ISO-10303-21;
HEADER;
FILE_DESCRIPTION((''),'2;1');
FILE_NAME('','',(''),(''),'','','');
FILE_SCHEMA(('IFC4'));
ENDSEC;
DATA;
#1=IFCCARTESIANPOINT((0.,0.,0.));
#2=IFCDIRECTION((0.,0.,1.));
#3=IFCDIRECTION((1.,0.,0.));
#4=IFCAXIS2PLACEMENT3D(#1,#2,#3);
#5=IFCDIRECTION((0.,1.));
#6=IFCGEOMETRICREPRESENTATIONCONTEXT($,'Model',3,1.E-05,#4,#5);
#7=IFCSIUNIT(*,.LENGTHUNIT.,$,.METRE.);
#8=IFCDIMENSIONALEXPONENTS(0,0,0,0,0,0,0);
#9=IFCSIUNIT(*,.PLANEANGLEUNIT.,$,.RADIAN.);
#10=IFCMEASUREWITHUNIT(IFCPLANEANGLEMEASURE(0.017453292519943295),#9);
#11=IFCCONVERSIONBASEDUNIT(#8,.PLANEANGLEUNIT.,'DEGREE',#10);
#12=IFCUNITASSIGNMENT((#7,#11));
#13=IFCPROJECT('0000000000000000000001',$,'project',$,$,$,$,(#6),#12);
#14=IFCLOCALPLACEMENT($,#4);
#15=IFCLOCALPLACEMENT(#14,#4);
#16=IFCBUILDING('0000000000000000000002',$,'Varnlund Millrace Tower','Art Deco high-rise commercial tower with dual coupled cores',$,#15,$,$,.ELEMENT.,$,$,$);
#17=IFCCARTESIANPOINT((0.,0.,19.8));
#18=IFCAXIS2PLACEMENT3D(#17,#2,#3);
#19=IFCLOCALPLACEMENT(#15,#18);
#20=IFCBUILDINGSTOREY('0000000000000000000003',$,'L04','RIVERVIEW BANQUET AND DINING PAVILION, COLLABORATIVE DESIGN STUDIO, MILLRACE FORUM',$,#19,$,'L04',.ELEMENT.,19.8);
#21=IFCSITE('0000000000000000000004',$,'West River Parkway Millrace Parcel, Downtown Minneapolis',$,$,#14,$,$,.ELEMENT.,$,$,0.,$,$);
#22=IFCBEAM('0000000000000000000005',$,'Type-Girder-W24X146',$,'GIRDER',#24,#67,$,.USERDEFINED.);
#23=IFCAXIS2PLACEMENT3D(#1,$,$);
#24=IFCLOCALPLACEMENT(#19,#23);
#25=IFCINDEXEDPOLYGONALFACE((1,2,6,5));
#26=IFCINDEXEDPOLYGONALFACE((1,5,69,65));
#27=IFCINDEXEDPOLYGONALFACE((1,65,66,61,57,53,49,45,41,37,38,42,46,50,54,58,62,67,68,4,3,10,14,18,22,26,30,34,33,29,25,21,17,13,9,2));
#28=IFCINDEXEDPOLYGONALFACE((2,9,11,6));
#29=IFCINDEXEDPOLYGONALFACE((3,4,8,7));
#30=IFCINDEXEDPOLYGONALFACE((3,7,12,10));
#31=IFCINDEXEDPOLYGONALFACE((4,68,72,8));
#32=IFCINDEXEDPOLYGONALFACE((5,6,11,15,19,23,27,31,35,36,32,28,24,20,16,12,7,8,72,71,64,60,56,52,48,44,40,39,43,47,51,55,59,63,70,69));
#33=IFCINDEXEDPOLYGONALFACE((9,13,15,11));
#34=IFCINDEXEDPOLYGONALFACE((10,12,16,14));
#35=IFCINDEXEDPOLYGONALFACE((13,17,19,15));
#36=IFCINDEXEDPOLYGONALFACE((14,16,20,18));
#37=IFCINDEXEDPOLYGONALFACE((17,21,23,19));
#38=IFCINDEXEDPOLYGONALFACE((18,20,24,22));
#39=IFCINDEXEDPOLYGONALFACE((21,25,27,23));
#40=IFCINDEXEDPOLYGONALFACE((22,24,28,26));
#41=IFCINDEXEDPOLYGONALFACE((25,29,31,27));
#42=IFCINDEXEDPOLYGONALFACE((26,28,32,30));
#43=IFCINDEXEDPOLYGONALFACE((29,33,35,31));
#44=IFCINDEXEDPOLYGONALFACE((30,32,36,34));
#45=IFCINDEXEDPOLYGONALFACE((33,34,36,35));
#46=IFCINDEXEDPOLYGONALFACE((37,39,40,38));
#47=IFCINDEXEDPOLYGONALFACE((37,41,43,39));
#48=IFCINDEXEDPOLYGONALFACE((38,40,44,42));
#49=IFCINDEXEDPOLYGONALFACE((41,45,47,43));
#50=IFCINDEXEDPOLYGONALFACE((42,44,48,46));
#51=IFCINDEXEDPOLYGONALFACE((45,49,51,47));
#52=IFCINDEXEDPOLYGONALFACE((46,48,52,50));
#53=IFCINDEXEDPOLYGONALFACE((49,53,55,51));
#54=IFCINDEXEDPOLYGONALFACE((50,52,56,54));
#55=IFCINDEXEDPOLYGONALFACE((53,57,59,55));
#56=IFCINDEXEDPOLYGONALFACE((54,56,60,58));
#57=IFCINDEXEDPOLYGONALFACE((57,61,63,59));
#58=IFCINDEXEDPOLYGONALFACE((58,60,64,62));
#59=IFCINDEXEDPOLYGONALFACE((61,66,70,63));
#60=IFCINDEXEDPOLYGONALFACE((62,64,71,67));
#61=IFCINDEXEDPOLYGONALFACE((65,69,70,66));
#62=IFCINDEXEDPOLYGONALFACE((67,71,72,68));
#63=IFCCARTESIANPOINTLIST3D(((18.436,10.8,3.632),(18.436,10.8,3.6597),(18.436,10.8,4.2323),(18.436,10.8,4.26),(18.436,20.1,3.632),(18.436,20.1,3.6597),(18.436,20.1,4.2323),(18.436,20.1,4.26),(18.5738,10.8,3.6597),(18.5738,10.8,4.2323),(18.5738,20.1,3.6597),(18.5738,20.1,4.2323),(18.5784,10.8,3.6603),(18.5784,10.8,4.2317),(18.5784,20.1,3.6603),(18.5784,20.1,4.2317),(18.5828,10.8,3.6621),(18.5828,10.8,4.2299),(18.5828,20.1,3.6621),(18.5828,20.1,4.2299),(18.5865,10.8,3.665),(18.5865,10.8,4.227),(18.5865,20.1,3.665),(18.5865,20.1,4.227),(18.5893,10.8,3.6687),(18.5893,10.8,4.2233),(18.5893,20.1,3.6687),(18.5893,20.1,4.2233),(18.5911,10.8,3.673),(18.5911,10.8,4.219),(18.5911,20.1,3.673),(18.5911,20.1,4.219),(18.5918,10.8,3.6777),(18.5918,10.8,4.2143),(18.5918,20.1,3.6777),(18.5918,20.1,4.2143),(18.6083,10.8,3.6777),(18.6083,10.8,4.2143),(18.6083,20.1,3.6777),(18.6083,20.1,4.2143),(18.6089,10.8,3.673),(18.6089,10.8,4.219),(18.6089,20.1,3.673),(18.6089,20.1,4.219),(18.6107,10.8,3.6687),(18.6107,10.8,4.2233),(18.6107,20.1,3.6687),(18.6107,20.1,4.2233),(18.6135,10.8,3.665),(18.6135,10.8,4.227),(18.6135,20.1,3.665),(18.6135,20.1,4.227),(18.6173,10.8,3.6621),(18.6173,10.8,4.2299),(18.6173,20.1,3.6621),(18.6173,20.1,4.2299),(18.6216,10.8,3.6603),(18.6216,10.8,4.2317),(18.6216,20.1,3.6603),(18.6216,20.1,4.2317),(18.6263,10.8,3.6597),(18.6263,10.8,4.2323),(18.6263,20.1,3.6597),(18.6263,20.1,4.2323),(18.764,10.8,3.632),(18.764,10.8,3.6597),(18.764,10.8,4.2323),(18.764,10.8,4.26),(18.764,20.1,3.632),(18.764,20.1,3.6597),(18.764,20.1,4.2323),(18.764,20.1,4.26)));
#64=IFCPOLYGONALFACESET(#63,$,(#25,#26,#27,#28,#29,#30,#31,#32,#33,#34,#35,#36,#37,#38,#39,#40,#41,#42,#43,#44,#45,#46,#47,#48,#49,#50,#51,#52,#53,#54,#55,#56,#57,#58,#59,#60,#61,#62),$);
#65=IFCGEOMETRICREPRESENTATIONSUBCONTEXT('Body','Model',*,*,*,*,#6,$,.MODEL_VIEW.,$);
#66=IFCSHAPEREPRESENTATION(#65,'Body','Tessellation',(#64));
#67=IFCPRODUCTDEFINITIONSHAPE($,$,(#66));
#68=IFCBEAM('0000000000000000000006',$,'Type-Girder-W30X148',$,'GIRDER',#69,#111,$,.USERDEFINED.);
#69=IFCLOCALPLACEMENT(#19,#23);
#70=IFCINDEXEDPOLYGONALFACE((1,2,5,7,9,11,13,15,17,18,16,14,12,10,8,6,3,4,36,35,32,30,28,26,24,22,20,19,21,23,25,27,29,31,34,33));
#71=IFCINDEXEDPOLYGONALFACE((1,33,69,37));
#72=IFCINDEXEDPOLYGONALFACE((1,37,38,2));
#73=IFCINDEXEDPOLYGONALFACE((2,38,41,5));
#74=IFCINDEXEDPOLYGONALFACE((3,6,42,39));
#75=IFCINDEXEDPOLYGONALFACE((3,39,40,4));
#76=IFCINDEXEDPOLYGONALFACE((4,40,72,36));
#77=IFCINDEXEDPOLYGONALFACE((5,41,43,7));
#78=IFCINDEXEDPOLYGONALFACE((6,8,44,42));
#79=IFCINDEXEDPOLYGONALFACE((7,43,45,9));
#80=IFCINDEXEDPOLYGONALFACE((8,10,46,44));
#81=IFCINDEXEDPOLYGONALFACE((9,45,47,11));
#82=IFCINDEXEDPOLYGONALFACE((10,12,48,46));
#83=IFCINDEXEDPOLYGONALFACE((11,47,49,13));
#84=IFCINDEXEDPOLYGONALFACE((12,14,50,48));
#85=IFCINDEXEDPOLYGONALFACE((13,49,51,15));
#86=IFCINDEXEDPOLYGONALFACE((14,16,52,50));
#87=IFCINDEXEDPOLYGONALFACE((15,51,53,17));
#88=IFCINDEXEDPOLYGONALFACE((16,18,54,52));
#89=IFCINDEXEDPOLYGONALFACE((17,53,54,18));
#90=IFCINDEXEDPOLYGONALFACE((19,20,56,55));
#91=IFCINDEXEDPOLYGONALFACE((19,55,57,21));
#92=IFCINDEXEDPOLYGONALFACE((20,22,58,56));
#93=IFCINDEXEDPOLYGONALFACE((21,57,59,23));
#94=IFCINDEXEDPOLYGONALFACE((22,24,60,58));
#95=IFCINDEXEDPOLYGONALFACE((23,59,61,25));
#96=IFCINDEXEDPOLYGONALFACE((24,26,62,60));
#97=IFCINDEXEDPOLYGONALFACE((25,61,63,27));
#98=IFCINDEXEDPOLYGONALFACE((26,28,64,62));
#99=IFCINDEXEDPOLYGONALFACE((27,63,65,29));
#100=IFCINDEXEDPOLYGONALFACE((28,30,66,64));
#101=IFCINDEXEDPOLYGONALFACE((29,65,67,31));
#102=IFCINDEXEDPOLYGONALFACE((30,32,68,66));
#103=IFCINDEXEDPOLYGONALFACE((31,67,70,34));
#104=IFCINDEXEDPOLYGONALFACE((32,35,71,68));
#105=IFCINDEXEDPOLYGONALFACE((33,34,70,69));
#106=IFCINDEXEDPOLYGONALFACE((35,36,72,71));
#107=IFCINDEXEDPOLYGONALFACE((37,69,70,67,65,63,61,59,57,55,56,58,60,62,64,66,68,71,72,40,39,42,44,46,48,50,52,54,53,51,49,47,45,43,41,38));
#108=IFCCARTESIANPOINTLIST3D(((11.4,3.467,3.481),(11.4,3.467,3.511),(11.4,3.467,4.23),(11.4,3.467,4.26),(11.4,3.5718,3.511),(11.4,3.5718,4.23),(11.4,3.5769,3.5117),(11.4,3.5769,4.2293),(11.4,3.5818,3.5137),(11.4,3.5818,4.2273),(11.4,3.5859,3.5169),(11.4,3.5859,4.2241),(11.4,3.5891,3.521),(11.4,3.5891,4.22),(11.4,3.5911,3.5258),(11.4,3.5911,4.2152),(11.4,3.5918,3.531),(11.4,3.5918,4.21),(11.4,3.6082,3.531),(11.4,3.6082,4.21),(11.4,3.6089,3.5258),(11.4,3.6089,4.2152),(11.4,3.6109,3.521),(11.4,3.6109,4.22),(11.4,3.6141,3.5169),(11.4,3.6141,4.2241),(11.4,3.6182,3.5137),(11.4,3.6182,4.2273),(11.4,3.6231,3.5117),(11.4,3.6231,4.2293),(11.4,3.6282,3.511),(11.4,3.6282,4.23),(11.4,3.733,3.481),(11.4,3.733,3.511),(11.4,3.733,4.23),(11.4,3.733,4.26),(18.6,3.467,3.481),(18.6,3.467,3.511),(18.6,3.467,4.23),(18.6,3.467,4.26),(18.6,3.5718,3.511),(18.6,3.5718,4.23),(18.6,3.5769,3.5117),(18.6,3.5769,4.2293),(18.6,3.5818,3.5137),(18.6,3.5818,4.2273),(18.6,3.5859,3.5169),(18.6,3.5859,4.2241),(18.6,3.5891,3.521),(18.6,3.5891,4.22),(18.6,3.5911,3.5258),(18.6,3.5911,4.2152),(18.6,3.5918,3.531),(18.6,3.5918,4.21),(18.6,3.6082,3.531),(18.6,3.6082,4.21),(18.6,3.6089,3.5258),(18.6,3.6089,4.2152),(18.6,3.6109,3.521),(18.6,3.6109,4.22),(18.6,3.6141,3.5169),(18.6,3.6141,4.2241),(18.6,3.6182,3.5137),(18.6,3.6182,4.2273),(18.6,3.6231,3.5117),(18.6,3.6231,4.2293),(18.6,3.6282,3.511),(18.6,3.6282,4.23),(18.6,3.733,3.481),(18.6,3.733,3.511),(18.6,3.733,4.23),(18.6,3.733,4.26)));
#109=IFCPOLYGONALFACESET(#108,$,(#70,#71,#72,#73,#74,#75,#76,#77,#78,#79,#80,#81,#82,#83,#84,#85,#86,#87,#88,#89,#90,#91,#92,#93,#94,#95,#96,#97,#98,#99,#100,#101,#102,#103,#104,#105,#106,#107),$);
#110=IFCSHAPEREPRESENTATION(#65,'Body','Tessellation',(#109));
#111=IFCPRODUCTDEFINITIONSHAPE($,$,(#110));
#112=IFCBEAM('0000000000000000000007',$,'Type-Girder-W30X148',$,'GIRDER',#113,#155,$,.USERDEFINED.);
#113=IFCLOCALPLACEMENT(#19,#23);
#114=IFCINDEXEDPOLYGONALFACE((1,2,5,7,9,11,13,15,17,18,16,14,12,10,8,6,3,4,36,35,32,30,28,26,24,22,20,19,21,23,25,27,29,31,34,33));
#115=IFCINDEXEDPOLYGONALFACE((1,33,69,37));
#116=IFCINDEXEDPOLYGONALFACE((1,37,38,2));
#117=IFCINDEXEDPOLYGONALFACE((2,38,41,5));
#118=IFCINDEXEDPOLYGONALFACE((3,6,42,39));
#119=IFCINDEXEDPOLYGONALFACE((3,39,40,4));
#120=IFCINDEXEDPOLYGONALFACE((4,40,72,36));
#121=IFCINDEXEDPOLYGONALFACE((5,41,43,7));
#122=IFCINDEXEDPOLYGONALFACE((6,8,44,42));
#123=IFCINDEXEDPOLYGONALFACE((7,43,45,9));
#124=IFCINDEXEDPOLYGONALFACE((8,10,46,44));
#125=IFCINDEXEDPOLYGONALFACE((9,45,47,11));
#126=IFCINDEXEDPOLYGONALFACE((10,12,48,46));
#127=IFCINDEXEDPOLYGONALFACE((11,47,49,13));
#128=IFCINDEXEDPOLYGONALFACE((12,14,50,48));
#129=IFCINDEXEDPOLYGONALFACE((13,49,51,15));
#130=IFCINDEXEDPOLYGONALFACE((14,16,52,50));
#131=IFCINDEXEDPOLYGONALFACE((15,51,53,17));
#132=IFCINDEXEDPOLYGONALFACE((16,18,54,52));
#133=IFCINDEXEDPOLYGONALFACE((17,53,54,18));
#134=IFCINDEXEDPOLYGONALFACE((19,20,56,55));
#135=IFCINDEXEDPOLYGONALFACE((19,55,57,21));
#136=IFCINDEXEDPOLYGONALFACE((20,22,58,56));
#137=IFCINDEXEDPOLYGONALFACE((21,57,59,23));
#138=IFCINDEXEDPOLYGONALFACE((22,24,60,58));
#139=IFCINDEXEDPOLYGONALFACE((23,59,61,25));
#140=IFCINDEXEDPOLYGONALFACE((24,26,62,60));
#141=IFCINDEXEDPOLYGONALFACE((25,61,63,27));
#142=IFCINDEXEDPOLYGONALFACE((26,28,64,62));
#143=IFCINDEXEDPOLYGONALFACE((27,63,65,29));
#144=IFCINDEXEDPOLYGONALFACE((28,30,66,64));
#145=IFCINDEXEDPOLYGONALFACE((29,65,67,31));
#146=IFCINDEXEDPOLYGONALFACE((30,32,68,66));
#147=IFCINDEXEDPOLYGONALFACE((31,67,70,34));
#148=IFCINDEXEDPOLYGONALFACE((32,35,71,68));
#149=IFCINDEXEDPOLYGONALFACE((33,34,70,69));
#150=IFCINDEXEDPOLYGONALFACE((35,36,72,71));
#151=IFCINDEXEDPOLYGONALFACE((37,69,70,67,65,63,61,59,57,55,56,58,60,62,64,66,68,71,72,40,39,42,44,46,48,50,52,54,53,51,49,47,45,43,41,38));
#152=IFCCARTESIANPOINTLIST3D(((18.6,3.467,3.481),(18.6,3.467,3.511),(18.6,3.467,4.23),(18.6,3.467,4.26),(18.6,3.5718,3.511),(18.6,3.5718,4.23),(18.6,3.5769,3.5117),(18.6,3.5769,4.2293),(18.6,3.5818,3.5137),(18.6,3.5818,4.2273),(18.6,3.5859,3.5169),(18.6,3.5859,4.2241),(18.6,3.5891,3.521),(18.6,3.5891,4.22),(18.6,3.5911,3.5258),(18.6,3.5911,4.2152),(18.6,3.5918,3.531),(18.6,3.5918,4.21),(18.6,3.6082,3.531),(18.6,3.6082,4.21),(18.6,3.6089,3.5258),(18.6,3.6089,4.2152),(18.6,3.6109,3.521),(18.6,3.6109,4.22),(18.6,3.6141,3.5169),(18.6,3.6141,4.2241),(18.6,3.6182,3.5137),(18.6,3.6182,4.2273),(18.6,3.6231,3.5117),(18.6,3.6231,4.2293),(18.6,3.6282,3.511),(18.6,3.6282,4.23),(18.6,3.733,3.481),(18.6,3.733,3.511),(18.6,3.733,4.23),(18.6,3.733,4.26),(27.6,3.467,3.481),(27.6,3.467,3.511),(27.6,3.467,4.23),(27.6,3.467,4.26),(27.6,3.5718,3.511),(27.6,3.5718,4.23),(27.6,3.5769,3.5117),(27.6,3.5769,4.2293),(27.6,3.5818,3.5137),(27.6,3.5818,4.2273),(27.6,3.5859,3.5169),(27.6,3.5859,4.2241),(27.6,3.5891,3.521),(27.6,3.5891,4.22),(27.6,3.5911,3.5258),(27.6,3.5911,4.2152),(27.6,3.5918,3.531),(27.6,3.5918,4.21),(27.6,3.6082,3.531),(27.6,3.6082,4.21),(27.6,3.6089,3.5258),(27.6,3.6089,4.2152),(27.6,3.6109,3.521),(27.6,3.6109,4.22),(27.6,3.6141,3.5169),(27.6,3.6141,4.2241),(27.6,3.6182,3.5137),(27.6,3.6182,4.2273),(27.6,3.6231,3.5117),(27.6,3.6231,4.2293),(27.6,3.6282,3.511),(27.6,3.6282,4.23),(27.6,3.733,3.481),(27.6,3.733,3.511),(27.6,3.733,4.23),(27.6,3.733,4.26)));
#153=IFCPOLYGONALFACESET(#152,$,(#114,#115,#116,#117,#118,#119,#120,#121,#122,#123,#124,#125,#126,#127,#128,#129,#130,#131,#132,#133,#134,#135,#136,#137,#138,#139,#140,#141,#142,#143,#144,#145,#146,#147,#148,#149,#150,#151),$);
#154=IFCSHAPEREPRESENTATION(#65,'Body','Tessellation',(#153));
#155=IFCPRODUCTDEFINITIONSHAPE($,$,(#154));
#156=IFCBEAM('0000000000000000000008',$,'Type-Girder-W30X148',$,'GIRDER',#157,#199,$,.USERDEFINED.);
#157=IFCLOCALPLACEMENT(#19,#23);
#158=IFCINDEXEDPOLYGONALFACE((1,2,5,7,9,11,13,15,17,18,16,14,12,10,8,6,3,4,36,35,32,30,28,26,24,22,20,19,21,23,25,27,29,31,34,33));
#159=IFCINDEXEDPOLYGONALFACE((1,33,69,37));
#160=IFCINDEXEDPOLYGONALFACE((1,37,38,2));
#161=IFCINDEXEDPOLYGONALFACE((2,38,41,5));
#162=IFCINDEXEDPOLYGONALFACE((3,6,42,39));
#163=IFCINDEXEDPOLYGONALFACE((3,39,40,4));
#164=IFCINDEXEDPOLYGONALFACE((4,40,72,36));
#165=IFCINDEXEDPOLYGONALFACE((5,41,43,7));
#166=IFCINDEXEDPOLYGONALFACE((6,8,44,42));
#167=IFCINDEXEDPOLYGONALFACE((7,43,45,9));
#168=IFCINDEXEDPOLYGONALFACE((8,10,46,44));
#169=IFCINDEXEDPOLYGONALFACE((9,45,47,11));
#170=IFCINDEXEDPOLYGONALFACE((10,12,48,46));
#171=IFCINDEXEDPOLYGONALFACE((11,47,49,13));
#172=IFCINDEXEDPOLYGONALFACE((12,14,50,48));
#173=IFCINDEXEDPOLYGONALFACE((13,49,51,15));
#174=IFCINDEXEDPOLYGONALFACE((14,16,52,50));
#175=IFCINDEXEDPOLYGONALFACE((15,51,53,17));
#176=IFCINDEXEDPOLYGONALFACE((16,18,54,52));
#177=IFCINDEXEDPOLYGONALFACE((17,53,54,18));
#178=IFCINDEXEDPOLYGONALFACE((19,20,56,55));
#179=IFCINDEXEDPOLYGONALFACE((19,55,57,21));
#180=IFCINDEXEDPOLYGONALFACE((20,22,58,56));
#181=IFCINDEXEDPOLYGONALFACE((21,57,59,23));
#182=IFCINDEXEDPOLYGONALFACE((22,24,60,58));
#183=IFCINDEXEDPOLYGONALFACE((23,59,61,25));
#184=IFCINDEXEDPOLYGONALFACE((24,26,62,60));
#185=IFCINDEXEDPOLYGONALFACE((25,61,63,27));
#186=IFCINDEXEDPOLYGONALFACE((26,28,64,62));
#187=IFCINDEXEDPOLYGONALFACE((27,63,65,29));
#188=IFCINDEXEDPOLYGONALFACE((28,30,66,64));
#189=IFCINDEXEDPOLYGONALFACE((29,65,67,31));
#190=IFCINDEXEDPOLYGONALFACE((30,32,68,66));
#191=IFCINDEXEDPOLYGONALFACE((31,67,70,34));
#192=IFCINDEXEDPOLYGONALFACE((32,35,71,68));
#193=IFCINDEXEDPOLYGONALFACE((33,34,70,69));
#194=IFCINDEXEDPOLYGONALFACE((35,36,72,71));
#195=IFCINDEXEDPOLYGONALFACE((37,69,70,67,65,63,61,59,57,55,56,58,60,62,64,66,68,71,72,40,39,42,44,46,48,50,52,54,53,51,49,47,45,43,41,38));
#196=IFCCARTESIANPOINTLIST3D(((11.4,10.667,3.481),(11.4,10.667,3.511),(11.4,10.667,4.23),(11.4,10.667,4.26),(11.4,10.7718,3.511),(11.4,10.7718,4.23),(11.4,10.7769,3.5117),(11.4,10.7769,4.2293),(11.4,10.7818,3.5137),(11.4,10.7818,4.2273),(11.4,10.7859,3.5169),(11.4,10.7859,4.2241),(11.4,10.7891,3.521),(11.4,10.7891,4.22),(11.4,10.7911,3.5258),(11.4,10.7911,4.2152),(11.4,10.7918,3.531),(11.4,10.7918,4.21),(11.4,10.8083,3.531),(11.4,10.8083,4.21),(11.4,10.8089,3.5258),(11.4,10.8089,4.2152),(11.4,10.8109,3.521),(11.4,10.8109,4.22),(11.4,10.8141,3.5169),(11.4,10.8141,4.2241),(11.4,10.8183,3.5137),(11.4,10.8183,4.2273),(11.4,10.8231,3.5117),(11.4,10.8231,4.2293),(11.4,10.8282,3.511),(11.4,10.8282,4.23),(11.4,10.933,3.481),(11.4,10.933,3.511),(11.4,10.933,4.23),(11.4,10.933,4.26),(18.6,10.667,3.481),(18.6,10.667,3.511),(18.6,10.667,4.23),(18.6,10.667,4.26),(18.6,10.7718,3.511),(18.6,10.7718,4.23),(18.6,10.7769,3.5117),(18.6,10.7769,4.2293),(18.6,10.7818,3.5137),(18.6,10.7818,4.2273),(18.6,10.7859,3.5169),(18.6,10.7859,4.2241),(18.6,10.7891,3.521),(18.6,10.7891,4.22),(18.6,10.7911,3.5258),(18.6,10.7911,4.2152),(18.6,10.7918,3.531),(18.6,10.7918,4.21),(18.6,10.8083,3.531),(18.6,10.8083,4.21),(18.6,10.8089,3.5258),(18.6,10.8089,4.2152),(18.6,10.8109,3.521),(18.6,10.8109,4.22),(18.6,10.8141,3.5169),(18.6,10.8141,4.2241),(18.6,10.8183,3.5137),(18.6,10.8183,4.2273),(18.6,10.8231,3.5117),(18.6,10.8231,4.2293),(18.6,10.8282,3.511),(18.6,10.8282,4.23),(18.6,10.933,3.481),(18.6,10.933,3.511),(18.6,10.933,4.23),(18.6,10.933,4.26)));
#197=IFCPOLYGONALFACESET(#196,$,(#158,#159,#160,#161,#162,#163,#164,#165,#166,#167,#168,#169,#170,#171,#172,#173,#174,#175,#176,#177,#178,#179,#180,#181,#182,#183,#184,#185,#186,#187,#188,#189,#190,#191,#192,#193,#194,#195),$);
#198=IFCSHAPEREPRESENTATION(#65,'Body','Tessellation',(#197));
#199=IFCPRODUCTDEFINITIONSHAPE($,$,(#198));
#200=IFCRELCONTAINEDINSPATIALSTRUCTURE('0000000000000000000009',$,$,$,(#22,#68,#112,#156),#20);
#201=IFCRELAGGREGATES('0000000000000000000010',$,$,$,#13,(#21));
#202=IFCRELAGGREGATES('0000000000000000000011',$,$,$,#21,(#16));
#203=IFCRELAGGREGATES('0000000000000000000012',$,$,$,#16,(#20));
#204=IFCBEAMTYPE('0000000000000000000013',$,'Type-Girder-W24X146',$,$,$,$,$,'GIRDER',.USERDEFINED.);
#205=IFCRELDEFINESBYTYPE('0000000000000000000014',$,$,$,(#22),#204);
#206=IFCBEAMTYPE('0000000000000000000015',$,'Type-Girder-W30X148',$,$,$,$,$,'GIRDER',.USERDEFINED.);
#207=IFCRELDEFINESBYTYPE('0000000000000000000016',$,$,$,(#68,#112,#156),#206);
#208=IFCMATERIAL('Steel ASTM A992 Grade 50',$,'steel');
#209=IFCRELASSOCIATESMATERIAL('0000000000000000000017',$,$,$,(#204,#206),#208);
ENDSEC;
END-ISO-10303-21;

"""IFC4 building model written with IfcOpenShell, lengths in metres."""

from ifc_helpers import new_model, entity, si_unit, converted_unit, direction, frame, origin_with_axes, origin_2d_with_axis, place, context, subcontext, project, spatial, i_section, extrude, material, material_profile, profile_set, type_object, element, save


model = new_model("IFC4")

# Units and contexts
model_context = context("Model", 3, precision=1e-05, world=origin_with_axes(), true_north=direction((0.0, 1.0)))
body_context = subcontext(model_context, "Body", "Model", "MODEL_VIEW")
ifc_project = project(units=[si_unit("LENGTHUNIT", "METRE"), converted_unit("PLANEANGLEUNIT", "DEGREE", entity("IfcPlaneAngleMeasure", 0.017453292519943295), si_unit("PLANEANGLEUNIT", "RADIAN"), dimensions=[0, 0, 0, 0, 0, 0, 0])], contexts=[model_context])

# Site, building, storey
site_placement = place(None, origin_with_axes())
site = spatial("IfcSite", under=ifc_project, at=site_placement, Name="West River Parkway Millrace Parcel, Downtown Minneapolis", CompositionType="ELEMENT", RefElevation=0.0)
building_placement = place(site_placement, origin_with_axes())
building = spatial("IfcBuilding", under=site, at=building_placement, Name="Varnlund Millrace Tower", Description="Art Deco high-rise commercial tower with dual coupled cores", CompositionType="ELEMENT")
storey_placement = place(building_placement, frame((0.0, 0.0, 19.8), z_axis=(0.0, 0.0, 1.0), x_axis=(1.0, 0.0, 0.0)))
storey = spatial("IfcBuildingStorey", under=building, at=storey_placement, Name="L04", Description="RIVERVIEW BANQUET AND DINING PAVILION, COLLABORATIVE DESIGN STUDIO, MILLRACE FORUM", LongName="L04", CompositionType="ELEMENT", Elevation=19.8)

# Beams
ifc_material_1 = material(Name="Steel ASTM A992 Grade 50", Category="steel")
ifc_material_profile_1 = material_profile(ifc_material_1, i_section(OverallWidth=0.328, OverallDepth=0.628, WebThickness=0.0165, FlangeThickness=0.0277, FilletRadius=0.018, at=origin_2d_with_axis()), Name="Steel ASTM A992 Grade 50")
ifc_profile_set_1 = profile_set([ifc_material_profile_1], Name="Steel ASTM A992 Grade 50")
beam_type_1 = type_object("IfcBeamType", Name="Type-Girder-W24X146", ElementType="GIRDER", PredefinedType="USERDEFINED", material=ifc_profile_set_1)
beam_1_placement = place(storey_placement, frame((18.6, 10.8, 3.946), z_axis=(0.0, 1.0, 0.0), x_axis=(-1.0, 0.0, 0.0)))
element("IfcBeam", 1, at=beam_1_placement, inside=storey, type_object=beam_type_1, Name="Type-Girder-W24X146", ObjectType="GIRDER", PredefinedType="USERDEFINED", context=body_context, shape_type="SweptSolid", body=[
    extrude(i_section(OverallWidth=0.328, OverallDepth=0.628, WebThickness=0.0165, FlangeThickness=0.0277, FilletRadius=0.018, at=origin_2d_with_axis()), origin_with_axes(), (0.0, 0.0, 1.0), 9.3),
])
ifc_material_profile_2 = material_profile(ifc_material_1, i_section(OverallWidth=0.266, OverallDepth=0.779, WebThickness=0.0165, FlangeThickness=0.03, FilletRadius=0.02, at=origin_2d_with_axis()), Name="Steel ASTM A992 Grade 50")
ifc_profile_set_2 = profile_set([ifc_material_profile_2], Name="Steel ASTM A992 Grade 50")
beam_type_2 = type_object("IfcBeamType", Name="Type-Girder-W30X148", ElementType="GIRDER", PredefinedType="USERDEFINED", material=ifc_profile_set_2)
beam_2_placement = place(storey_placement, frame((11.4, 3.6, 3.8705), z_axis=(1.0, 0.0, 0.0), x_axis=(0.0, 1.0, 0.0)))
element("IfcBeam", 2, at=beam_2_placement, inside=storey, type_object=beam_type_2, Name="Type-Girder-W30X148", ObjectType="GIRDER", PredefinedType="USERDEFINED", context=body_context, shape_type="SweptSolid", body=[
    extrude(i_section(OverallWidth=0.266, OverallDepth=0.779, WebThickness=0.0165, FlangeThickness=0.03, FilletRadius=0.02, at=origin_2d_with_axis()), origin_with_axes(), (0.0, 0.0, 1.0), 7.2),
])
beam_3_placement = place(storey_placement, frame((18.6, 3.6, 3.8705), z_axis=(1.0, 0.0, 0.0), x_axis=(0.0, 1.0, 0.0)))
element("IfcBeam", 3, at=beam_3_placement, inside=storey, type_object=beam_type_2, Name="Type-Girder-W30X148", ObjectType="GIRDER", PredefinedType="USERDEFINED", context=body_context, shape_type="SweptSolid", body=[
    extrude(i_section(OverallWidth=0.266, OverallDepth=0.779, WebThickness=0.0165, FlangeThickness=0.03, FilletRadius=0.02, at=origin_2d_with_axis()), origin_with_axes(), (0.0, 0.0, 1.0), 9.0),
])
beam_4_placement = place(storey_placement, frame((11.4, 10.8, 3.8705), z_axis=(1.0, 0.0, 0.0), x_axis=(0.0, 1.0, 0.0)))
element("IfcBeam", 4, at=beam_4_placement, inside=storey, type_object=beam_type_2, Name="Type-Girder-W30X148", ObjectType="GIRDER", PredefinedType="USERDEFINED", context=body_context, shape_type="SweptSolid", body=[
    extrude(i_section(OverallWidth=0.266, OverallDepth=0.779, WebThickness=0.0165, FlangeThickness=0.03, FilletRadius=0.02, at=origin_2d_with_axis()), origin_with_axes(), (0.0, 0.0, 1.0), 7.2),
])

save(model, "model.ifc")
